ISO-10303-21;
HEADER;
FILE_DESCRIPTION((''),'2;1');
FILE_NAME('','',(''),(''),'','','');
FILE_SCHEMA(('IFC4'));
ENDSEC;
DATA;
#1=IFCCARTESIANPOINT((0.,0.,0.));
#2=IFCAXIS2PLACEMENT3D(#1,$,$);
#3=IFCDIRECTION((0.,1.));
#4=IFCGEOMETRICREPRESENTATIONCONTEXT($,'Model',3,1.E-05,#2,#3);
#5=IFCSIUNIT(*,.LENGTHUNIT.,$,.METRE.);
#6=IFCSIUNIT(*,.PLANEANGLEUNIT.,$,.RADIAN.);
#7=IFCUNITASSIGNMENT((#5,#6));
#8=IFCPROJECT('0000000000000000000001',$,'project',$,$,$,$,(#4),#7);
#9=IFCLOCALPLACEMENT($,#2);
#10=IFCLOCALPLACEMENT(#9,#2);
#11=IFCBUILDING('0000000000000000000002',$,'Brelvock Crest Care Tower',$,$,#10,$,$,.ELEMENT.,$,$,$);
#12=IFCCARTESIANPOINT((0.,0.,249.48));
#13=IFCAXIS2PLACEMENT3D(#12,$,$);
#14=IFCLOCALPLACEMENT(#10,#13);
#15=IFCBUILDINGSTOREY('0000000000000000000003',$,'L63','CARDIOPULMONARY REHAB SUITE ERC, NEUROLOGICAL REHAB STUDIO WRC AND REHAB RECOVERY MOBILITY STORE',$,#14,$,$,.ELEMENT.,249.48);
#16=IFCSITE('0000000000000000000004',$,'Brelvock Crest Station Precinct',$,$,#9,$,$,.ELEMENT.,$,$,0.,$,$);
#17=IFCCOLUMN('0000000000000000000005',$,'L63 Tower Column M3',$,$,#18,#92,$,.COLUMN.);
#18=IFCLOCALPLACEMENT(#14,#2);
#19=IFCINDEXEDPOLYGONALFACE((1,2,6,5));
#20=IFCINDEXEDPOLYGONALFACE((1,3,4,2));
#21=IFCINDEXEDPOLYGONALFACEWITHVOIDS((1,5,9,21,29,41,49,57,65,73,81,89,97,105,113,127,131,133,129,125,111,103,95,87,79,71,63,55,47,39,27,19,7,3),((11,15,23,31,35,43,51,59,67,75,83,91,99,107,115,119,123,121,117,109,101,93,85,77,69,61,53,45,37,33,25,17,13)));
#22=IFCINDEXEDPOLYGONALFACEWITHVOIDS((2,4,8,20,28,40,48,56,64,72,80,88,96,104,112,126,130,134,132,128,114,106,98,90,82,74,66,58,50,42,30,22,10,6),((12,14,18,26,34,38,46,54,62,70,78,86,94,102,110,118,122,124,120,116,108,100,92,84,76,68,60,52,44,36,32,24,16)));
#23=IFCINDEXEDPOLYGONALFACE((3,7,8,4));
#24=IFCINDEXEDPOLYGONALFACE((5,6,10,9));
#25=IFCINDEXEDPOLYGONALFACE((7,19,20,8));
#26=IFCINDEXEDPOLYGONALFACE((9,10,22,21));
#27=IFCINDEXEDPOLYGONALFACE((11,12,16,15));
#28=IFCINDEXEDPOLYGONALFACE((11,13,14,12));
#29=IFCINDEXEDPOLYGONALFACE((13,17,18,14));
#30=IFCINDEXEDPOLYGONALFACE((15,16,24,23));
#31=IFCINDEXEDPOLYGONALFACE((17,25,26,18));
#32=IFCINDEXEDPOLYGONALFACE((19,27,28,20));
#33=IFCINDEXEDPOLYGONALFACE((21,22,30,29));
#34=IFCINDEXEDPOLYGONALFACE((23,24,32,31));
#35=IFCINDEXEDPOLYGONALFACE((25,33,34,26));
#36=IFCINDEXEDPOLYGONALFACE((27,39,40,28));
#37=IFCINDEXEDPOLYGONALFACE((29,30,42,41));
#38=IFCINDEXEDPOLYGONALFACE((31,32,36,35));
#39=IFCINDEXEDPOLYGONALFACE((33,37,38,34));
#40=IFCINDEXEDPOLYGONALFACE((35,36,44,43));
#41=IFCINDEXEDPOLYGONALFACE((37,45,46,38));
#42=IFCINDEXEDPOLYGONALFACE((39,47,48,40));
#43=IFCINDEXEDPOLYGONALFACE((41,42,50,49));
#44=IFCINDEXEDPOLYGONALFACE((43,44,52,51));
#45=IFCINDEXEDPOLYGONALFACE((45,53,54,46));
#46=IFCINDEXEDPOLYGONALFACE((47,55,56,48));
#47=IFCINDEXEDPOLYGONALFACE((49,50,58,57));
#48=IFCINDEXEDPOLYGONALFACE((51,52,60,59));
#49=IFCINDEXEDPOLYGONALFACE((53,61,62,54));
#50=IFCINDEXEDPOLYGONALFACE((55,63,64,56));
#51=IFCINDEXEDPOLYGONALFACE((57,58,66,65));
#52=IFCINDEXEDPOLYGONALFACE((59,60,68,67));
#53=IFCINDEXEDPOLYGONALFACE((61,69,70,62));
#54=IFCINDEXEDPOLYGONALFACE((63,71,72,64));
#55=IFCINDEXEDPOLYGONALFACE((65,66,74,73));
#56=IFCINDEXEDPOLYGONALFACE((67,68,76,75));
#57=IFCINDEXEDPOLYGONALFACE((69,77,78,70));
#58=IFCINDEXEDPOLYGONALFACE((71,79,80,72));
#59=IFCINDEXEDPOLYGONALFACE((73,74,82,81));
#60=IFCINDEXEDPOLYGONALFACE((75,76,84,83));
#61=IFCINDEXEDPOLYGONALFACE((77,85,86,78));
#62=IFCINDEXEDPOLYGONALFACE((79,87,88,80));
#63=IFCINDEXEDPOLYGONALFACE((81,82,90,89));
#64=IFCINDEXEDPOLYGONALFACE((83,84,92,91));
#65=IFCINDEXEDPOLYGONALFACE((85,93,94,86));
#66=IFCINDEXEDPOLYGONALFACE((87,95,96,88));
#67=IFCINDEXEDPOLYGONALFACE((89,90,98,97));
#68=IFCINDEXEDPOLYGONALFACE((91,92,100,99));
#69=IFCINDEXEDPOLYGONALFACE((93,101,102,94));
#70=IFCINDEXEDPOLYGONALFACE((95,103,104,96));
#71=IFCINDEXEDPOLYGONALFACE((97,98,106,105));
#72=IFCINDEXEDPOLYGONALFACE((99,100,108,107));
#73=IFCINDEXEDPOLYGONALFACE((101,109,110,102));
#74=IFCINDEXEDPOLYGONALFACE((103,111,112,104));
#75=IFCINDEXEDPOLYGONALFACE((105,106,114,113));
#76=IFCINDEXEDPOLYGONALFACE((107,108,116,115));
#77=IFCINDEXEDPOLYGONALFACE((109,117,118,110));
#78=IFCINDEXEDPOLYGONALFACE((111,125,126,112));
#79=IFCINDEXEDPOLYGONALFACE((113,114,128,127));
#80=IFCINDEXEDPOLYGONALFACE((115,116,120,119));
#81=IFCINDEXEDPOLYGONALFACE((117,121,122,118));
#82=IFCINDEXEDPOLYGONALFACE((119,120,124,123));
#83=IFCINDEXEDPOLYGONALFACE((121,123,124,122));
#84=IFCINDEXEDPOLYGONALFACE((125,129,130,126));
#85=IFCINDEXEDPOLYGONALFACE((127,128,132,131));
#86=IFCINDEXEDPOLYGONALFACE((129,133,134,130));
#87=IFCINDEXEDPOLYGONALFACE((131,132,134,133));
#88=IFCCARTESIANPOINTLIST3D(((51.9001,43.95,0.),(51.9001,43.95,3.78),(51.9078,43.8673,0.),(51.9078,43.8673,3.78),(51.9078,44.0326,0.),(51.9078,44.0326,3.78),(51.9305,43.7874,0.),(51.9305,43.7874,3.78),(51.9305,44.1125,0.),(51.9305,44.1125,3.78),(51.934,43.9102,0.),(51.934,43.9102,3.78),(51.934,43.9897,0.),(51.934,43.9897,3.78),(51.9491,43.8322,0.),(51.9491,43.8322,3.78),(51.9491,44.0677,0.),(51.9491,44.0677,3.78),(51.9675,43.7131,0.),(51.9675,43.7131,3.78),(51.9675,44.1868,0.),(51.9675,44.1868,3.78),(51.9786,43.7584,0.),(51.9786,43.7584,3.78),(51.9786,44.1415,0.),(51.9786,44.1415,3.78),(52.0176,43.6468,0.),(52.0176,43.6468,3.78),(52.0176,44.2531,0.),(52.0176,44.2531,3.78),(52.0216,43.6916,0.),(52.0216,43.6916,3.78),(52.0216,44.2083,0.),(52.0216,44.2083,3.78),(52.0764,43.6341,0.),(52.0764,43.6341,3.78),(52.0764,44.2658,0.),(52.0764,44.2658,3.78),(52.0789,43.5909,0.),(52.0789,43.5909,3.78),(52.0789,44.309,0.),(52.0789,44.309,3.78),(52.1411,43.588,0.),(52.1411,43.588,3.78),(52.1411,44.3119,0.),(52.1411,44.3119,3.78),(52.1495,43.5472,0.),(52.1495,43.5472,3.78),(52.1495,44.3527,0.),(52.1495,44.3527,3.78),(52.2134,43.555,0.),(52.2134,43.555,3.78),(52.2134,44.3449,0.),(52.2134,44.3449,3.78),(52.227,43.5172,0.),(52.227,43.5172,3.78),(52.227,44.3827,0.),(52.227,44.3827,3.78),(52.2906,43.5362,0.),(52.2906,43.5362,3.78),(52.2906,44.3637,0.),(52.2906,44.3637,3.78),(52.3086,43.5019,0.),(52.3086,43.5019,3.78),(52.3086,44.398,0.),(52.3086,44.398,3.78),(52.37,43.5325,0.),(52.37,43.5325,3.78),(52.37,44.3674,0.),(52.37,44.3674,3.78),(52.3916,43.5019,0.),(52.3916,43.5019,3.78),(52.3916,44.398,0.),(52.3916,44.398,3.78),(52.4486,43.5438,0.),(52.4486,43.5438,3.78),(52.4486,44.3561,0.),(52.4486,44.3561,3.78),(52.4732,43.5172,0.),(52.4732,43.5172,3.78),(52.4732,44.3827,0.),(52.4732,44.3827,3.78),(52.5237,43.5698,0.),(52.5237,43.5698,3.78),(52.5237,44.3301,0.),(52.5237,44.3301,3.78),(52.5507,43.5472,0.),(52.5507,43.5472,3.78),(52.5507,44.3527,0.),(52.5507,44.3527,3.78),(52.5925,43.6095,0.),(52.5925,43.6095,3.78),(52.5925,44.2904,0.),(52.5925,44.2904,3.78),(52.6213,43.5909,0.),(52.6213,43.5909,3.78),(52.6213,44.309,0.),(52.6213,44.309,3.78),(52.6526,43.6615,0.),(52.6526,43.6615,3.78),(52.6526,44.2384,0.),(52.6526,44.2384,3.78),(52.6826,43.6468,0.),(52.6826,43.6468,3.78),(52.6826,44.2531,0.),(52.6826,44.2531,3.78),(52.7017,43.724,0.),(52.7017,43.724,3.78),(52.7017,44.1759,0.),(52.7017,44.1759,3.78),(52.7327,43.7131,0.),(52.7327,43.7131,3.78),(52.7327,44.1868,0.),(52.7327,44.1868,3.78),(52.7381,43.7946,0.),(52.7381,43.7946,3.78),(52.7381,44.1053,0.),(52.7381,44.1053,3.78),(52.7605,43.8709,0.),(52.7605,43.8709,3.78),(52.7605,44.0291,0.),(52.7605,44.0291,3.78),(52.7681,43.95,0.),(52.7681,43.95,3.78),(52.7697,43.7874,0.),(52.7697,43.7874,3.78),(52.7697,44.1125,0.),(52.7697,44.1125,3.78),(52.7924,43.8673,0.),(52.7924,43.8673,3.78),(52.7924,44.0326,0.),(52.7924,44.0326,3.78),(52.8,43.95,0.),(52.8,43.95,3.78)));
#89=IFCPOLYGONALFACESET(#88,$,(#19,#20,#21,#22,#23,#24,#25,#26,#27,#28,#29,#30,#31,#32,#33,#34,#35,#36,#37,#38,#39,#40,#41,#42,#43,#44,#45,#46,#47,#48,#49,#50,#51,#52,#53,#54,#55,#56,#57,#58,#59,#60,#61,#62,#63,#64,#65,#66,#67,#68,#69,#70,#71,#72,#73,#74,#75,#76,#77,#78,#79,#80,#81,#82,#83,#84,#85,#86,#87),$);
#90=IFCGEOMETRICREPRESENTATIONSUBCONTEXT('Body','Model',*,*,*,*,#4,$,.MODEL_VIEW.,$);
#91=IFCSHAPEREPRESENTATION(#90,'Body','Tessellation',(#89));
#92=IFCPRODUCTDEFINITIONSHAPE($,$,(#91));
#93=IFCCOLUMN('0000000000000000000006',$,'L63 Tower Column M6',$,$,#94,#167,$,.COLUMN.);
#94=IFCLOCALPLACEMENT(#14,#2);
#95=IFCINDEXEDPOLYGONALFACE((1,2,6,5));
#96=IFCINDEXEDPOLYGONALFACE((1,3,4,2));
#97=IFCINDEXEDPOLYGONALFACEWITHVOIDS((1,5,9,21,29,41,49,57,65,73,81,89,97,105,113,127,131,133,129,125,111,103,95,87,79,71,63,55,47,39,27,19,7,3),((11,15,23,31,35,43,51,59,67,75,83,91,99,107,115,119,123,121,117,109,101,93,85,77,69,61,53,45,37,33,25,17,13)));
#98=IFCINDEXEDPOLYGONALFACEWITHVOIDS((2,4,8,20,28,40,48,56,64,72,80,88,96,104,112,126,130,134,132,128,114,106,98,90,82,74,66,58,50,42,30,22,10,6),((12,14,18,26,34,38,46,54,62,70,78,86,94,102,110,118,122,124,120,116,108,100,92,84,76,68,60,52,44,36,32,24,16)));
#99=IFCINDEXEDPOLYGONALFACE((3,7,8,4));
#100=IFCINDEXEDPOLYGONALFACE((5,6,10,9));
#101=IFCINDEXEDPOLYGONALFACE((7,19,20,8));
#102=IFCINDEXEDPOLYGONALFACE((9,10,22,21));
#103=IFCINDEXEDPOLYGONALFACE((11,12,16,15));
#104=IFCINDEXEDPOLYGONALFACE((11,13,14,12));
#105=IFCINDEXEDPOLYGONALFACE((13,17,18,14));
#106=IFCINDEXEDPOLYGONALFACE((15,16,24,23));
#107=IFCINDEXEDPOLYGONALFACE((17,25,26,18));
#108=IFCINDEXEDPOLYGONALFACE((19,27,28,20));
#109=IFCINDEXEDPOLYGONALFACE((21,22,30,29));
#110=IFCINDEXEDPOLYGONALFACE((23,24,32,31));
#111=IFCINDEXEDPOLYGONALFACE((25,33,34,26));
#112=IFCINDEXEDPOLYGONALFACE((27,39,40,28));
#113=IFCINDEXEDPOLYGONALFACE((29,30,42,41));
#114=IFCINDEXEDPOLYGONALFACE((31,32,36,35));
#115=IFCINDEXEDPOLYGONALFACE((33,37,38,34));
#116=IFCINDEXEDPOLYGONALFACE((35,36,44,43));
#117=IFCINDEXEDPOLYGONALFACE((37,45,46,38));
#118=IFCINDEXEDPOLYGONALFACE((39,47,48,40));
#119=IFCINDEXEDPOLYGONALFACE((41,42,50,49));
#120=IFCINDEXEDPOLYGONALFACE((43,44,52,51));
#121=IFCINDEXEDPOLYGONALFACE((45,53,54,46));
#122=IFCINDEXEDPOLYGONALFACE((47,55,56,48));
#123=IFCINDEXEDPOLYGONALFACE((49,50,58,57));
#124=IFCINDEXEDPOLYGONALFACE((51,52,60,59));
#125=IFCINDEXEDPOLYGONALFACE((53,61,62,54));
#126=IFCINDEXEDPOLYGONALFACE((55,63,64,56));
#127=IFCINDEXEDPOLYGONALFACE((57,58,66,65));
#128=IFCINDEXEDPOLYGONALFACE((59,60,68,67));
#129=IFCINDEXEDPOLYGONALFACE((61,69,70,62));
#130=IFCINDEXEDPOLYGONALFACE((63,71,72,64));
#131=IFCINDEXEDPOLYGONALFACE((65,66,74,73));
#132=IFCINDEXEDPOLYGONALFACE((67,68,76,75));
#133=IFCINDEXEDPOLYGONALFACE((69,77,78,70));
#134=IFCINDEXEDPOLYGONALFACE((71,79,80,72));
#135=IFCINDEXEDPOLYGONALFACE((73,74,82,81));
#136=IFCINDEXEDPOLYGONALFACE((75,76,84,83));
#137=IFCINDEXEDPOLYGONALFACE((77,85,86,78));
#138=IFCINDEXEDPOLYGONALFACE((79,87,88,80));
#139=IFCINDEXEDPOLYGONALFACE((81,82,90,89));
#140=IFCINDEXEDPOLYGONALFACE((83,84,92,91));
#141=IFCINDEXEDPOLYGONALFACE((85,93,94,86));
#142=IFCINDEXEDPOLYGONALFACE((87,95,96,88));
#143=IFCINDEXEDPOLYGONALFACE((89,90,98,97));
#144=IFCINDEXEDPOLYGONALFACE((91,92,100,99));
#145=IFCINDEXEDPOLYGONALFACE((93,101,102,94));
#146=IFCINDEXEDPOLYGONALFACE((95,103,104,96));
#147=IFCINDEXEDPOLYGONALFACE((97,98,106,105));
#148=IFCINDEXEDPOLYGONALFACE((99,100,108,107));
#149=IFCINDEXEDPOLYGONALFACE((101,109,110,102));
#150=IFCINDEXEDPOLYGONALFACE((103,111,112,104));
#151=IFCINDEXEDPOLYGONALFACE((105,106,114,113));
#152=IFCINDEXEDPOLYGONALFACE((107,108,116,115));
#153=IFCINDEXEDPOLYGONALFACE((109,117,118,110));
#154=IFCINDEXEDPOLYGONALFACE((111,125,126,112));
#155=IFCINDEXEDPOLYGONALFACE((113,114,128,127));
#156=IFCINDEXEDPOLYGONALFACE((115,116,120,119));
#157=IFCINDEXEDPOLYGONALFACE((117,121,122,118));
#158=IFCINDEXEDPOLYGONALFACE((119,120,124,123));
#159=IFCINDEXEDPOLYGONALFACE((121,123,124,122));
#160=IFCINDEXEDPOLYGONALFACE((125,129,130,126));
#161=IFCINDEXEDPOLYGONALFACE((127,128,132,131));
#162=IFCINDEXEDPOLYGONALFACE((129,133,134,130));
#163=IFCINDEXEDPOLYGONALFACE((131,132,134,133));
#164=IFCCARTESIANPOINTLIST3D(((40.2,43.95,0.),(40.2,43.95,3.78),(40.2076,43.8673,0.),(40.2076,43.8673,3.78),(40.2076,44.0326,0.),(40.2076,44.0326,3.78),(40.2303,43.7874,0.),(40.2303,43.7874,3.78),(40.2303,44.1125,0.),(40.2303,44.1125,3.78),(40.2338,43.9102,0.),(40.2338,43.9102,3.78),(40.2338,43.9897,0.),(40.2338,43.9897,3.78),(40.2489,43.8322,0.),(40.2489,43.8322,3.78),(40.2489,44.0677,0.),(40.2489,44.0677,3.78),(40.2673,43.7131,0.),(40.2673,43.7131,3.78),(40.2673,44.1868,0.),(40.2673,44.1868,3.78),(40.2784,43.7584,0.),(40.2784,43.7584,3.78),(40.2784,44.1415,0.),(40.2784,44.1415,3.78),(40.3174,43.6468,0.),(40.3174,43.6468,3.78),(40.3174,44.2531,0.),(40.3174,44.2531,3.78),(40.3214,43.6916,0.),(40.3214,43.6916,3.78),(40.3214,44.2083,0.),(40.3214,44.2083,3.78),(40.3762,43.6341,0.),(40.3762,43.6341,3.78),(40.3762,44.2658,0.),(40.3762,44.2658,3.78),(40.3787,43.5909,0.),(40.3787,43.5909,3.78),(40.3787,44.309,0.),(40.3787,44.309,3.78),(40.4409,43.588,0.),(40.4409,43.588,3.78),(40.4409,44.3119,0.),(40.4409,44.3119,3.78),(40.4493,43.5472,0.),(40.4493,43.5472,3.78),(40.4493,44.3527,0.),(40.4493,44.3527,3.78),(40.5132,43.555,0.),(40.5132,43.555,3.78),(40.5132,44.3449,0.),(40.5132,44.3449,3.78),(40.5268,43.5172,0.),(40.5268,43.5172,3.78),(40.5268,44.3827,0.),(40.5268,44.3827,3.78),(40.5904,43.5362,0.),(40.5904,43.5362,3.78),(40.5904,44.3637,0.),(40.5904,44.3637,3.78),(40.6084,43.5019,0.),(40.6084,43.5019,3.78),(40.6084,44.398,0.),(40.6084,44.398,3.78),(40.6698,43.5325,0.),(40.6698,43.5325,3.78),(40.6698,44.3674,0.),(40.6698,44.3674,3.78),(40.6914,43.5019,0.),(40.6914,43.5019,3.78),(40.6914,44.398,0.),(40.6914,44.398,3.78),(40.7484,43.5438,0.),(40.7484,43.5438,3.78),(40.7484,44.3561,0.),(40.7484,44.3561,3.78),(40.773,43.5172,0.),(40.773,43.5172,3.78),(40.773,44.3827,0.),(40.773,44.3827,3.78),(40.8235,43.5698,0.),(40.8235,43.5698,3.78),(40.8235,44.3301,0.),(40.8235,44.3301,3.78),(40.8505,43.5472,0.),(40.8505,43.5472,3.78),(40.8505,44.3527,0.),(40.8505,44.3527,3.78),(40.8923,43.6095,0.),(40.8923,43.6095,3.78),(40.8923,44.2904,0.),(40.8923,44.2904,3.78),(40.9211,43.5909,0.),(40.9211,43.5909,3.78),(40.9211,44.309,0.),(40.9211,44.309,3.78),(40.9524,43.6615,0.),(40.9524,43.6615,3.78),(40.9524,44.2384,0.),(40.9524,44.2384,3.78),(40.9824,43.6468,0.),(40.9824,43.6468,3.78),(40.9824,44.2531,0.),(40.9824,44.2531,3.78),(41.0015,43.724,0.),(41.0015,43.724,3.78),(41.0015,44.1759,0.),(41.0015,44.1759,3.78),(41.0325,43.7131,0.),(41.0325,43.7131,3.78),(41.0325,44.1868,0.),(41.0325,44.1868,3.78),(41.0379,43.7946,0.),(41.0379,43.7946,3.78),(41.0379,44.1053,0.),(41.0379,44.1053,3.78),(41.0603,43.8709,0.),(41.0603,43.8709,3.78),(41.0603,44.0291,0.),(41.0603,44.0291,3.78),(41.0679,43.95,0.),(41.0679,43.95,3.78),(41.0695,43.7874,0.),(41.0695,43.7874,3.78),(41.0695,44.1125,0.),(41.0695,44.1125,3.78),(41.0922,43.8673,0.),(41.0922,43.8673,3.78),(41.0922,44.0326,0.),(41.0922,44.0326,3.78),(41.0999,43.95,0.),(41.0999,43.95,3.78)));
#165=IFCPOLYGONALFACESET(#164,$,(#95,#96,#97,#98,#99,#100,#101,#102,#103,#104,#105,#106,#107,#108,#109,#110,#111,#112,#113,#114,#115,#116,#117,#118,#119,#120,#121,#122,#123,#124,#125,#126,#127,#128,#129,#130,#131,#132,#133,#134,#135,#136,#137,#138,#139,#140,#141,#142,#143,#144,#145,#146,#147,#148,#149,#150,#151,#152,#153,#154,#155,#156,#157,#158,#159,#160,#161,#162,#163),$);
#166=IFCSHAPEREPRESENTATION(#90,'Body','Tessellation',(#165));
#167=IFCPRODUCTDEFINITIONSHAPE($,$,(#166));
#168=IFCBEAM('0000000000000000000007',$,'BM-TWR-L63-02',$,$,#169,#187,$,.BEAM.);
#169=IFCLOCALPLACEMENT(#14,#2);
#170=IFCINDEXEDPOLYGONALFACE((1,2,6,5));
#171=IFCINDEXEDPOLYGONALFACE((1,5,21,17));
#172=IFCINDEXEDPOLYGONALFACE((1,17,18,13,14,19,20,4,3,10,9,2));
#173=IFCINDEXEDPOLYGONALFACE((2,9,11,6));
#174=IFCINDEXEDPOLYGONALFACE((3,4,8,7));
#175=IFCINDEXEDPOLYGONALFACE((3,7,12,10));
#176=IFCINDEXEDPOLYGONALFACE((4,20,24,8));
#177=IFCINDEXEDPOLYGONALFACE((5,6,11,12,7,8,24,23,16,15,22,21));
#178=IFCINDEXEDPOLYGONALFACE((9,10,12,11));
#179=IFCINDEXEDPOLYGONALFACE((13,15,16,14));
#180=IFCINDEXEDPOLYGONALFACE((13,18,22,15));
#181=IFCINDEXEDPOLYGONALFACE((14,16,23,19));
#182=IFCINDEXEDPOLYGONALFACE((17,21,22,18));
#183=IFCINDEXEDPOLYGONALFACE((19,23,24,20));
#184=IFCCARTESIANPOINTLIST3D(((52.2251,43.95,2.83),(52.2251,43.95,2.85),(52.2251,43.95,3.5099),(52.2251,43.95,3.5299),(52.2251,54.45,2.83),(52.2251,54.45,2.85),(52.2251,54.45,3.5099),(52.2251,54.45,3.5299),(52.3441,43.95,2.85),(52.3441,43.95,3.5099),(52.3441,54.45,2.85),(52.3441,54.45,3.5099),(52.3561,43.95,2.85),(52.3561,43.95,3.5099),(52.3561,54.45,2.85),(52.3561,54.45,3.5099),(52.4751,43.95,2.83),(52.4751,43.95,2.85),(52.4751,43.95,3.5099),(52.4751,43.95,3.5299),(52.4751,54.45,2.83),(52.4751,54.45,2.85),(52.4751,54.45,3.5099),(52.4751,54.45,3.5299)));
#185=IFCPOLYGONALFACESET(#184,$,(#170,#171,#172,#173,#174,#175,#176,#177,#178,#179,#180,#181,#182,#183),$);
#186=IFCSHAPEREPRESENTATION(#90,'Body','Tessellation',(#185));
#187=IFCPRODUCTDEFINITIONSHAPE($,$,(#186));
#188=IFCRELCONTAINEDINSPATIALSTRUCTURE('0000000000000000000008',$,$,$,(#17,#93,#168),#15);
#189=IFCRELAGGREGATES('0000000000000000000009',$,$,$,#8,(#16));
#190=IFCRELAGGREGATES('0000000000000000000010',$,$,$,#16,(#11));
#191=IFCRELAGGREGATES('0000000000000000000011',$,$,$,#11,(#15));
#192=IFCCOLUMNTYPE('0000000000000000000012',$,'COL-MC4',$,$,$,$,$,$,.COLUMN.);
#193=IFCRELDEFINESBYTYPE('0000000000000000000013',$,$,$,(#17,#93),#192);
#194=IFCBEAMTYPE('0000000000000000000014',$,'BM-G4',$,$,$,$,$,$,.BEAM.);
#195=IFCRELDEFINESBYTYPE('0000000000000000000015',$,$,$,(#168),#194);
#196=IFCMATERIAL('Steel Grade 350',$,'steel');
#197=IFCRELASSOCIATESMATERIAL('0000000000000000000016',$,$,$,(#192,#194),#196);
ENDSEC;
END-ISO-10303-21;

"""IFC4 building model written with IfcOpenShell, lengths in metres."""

from ifc_helpers import new_model, si_unit, direction, frame, origin, origin_2d, place, context, subcontext, project, spatial, hollow_circle, i_section, extrude, source, transform, mapped, material, material_profile, profile_set, type_object, element, save


model = new_model("IFC4")

# Units and contexts
model_context = context("Model", 3, precision=1e-05, world=origin(), true_north=direction((0.0, 1.0)))
body_context = subcontext(model_context, "Body", "Model", "MODEL_VIEW")
ifc_project = project(units=[si_unit("LENGTHUNIT", "METRE"), si_unit("PLANEANGLEUNIT", "RADIAN")], contexts=[model_context])

# Site, building, storey
site_placement = place(None, origin())
site = spatial("IfcSite", under=ifc_project, at=site_placement, Name="Brelvock Crest Station Precinct", CompositionType="ELEMENT", RefElevation=0.0)
building_placement = place(site_placement, origin())
building = spatial("IfcBuilding", under=site, at=building_placement, Name="Brelvock Crest Care Tower", CompositionType="ELEMENT")
storey_placement = place(building_placement, frame((0.0, 0.0, 249.48)))
storey = spatial("IfcBuildingStorey", under=building, at=storey_placement, Name="L63", Description="CARDIOPULMONARY REHAB SUITE ERC, NEUROLOGICAL REHAB STUDIO WRC AND REHAB RECOVERY MOBILITY STORE", CompositionType="ELEMENT", Elevation=249.48)

# Columns
ifc_material_1 = material(Name="Steel Grade 350", Category="steel")
ifc_material_profile_1 = material_profile(ifc_material_1, hollow_circle(Radius=0.45, WallThickness=0.032, at=origin_2d()), Name="CFT900x32")
ifc_profile_set_1 = profile_set([ifc_material_profile_1], Name="Steel Grade 350")
column_type = type_object("IfcColumnType", Name="COL-MC4", PredefinedType="COLUMN", material=ifc_profile_set_1)
shared_shape_1 = source(origin(), body_context, "Body", "SweptSolid", [
    extrude(hollow_circle(Radius=0.45, WallThickness=0.032, at=origin_2d()), origin(), (0.0, 0.0, 1.0), 3.78),
])
for number, where, z_axis, x_axis, name in (
    (1, (52.3501, 43.95, 0.0), (0.0, 0.0, 1.0), (1.0, 0.0, 0.0), "L63 Tower Column M3"),
    (2, (40.6499, 43.95, 0.0), (0.0, 0.0, 1.0), (1.0, 0.0, 0.0), "L63 Tower Column M6"),
):
    element("IfcColumn", number, at=place(storey_placement, frame(where, z_axis=z_axis, x_axis=x_axis)), inside=storey, type_object=column_type, Name=name, PredefinedType="COLUMN", context=body_context, shape_type="MappedRepresentation", body=[
        mapped(shared_shape_1, transform((0.0, 0.0, 0.0), x_axis=(1.0, 0.0, 0.0), y_axis=(0.0, 1.0, 0.0), z_axis=(0.0, 0.0, 1.0), scale=1.0)),
    ])

# Beam
ifc_material_profile_2 = material_profile(ifc_material_1, i_section(OverallWidth=0.25, OverallDepth=0.7, WebThickness=0.012, FlangeThickness=0.02, at=origin_2d()), Name="700WB150")
ifc_profile_set_2 = profile_set([ifc_material_profile_2], Name="Steel Grade 350")
beam_type_1 = type_object("IfcBeamType", Name="BM-G4", PredefinedType="BEAM", material=ifc_profile_set_2)
shared_shape_2 = source(origin(), body_context, "Body", "SweptSolid", [
    extrude(i_section(OverallWidth=0.25, OverallDepth=0.7, WebThickness=0.012, FlangeThickness=0.02, at=origin_2d()), origin(), (0.0, 0.0, 1.0), 10.5),
])
beam_1_placement = place(storey_placement, frame((52.3501, 43.95, 3.1799), z_axis=(0.0, 1.0, 0.0), x_axis=(-1.0, 0.0, 0.0)))
element("IfcBeam", 3, at=beam_1_placement, inside=storey, type_object=beam_type_1, Name="BM-TWR-L63-02", PredefinedType="BEAM", context=body_context, shape_type="MappedRepresentation", body=[
    mapped(shared_shape_2, transform((0.0, 0.0, 0.0), x_axis=(1.0, 0.0, 0.0), y_axis=(0.0, 1.0, 0.0), z_axis=(0.0, 0.0, 1.0), scale=1.0)),
])

save(model, "model.ifc")
